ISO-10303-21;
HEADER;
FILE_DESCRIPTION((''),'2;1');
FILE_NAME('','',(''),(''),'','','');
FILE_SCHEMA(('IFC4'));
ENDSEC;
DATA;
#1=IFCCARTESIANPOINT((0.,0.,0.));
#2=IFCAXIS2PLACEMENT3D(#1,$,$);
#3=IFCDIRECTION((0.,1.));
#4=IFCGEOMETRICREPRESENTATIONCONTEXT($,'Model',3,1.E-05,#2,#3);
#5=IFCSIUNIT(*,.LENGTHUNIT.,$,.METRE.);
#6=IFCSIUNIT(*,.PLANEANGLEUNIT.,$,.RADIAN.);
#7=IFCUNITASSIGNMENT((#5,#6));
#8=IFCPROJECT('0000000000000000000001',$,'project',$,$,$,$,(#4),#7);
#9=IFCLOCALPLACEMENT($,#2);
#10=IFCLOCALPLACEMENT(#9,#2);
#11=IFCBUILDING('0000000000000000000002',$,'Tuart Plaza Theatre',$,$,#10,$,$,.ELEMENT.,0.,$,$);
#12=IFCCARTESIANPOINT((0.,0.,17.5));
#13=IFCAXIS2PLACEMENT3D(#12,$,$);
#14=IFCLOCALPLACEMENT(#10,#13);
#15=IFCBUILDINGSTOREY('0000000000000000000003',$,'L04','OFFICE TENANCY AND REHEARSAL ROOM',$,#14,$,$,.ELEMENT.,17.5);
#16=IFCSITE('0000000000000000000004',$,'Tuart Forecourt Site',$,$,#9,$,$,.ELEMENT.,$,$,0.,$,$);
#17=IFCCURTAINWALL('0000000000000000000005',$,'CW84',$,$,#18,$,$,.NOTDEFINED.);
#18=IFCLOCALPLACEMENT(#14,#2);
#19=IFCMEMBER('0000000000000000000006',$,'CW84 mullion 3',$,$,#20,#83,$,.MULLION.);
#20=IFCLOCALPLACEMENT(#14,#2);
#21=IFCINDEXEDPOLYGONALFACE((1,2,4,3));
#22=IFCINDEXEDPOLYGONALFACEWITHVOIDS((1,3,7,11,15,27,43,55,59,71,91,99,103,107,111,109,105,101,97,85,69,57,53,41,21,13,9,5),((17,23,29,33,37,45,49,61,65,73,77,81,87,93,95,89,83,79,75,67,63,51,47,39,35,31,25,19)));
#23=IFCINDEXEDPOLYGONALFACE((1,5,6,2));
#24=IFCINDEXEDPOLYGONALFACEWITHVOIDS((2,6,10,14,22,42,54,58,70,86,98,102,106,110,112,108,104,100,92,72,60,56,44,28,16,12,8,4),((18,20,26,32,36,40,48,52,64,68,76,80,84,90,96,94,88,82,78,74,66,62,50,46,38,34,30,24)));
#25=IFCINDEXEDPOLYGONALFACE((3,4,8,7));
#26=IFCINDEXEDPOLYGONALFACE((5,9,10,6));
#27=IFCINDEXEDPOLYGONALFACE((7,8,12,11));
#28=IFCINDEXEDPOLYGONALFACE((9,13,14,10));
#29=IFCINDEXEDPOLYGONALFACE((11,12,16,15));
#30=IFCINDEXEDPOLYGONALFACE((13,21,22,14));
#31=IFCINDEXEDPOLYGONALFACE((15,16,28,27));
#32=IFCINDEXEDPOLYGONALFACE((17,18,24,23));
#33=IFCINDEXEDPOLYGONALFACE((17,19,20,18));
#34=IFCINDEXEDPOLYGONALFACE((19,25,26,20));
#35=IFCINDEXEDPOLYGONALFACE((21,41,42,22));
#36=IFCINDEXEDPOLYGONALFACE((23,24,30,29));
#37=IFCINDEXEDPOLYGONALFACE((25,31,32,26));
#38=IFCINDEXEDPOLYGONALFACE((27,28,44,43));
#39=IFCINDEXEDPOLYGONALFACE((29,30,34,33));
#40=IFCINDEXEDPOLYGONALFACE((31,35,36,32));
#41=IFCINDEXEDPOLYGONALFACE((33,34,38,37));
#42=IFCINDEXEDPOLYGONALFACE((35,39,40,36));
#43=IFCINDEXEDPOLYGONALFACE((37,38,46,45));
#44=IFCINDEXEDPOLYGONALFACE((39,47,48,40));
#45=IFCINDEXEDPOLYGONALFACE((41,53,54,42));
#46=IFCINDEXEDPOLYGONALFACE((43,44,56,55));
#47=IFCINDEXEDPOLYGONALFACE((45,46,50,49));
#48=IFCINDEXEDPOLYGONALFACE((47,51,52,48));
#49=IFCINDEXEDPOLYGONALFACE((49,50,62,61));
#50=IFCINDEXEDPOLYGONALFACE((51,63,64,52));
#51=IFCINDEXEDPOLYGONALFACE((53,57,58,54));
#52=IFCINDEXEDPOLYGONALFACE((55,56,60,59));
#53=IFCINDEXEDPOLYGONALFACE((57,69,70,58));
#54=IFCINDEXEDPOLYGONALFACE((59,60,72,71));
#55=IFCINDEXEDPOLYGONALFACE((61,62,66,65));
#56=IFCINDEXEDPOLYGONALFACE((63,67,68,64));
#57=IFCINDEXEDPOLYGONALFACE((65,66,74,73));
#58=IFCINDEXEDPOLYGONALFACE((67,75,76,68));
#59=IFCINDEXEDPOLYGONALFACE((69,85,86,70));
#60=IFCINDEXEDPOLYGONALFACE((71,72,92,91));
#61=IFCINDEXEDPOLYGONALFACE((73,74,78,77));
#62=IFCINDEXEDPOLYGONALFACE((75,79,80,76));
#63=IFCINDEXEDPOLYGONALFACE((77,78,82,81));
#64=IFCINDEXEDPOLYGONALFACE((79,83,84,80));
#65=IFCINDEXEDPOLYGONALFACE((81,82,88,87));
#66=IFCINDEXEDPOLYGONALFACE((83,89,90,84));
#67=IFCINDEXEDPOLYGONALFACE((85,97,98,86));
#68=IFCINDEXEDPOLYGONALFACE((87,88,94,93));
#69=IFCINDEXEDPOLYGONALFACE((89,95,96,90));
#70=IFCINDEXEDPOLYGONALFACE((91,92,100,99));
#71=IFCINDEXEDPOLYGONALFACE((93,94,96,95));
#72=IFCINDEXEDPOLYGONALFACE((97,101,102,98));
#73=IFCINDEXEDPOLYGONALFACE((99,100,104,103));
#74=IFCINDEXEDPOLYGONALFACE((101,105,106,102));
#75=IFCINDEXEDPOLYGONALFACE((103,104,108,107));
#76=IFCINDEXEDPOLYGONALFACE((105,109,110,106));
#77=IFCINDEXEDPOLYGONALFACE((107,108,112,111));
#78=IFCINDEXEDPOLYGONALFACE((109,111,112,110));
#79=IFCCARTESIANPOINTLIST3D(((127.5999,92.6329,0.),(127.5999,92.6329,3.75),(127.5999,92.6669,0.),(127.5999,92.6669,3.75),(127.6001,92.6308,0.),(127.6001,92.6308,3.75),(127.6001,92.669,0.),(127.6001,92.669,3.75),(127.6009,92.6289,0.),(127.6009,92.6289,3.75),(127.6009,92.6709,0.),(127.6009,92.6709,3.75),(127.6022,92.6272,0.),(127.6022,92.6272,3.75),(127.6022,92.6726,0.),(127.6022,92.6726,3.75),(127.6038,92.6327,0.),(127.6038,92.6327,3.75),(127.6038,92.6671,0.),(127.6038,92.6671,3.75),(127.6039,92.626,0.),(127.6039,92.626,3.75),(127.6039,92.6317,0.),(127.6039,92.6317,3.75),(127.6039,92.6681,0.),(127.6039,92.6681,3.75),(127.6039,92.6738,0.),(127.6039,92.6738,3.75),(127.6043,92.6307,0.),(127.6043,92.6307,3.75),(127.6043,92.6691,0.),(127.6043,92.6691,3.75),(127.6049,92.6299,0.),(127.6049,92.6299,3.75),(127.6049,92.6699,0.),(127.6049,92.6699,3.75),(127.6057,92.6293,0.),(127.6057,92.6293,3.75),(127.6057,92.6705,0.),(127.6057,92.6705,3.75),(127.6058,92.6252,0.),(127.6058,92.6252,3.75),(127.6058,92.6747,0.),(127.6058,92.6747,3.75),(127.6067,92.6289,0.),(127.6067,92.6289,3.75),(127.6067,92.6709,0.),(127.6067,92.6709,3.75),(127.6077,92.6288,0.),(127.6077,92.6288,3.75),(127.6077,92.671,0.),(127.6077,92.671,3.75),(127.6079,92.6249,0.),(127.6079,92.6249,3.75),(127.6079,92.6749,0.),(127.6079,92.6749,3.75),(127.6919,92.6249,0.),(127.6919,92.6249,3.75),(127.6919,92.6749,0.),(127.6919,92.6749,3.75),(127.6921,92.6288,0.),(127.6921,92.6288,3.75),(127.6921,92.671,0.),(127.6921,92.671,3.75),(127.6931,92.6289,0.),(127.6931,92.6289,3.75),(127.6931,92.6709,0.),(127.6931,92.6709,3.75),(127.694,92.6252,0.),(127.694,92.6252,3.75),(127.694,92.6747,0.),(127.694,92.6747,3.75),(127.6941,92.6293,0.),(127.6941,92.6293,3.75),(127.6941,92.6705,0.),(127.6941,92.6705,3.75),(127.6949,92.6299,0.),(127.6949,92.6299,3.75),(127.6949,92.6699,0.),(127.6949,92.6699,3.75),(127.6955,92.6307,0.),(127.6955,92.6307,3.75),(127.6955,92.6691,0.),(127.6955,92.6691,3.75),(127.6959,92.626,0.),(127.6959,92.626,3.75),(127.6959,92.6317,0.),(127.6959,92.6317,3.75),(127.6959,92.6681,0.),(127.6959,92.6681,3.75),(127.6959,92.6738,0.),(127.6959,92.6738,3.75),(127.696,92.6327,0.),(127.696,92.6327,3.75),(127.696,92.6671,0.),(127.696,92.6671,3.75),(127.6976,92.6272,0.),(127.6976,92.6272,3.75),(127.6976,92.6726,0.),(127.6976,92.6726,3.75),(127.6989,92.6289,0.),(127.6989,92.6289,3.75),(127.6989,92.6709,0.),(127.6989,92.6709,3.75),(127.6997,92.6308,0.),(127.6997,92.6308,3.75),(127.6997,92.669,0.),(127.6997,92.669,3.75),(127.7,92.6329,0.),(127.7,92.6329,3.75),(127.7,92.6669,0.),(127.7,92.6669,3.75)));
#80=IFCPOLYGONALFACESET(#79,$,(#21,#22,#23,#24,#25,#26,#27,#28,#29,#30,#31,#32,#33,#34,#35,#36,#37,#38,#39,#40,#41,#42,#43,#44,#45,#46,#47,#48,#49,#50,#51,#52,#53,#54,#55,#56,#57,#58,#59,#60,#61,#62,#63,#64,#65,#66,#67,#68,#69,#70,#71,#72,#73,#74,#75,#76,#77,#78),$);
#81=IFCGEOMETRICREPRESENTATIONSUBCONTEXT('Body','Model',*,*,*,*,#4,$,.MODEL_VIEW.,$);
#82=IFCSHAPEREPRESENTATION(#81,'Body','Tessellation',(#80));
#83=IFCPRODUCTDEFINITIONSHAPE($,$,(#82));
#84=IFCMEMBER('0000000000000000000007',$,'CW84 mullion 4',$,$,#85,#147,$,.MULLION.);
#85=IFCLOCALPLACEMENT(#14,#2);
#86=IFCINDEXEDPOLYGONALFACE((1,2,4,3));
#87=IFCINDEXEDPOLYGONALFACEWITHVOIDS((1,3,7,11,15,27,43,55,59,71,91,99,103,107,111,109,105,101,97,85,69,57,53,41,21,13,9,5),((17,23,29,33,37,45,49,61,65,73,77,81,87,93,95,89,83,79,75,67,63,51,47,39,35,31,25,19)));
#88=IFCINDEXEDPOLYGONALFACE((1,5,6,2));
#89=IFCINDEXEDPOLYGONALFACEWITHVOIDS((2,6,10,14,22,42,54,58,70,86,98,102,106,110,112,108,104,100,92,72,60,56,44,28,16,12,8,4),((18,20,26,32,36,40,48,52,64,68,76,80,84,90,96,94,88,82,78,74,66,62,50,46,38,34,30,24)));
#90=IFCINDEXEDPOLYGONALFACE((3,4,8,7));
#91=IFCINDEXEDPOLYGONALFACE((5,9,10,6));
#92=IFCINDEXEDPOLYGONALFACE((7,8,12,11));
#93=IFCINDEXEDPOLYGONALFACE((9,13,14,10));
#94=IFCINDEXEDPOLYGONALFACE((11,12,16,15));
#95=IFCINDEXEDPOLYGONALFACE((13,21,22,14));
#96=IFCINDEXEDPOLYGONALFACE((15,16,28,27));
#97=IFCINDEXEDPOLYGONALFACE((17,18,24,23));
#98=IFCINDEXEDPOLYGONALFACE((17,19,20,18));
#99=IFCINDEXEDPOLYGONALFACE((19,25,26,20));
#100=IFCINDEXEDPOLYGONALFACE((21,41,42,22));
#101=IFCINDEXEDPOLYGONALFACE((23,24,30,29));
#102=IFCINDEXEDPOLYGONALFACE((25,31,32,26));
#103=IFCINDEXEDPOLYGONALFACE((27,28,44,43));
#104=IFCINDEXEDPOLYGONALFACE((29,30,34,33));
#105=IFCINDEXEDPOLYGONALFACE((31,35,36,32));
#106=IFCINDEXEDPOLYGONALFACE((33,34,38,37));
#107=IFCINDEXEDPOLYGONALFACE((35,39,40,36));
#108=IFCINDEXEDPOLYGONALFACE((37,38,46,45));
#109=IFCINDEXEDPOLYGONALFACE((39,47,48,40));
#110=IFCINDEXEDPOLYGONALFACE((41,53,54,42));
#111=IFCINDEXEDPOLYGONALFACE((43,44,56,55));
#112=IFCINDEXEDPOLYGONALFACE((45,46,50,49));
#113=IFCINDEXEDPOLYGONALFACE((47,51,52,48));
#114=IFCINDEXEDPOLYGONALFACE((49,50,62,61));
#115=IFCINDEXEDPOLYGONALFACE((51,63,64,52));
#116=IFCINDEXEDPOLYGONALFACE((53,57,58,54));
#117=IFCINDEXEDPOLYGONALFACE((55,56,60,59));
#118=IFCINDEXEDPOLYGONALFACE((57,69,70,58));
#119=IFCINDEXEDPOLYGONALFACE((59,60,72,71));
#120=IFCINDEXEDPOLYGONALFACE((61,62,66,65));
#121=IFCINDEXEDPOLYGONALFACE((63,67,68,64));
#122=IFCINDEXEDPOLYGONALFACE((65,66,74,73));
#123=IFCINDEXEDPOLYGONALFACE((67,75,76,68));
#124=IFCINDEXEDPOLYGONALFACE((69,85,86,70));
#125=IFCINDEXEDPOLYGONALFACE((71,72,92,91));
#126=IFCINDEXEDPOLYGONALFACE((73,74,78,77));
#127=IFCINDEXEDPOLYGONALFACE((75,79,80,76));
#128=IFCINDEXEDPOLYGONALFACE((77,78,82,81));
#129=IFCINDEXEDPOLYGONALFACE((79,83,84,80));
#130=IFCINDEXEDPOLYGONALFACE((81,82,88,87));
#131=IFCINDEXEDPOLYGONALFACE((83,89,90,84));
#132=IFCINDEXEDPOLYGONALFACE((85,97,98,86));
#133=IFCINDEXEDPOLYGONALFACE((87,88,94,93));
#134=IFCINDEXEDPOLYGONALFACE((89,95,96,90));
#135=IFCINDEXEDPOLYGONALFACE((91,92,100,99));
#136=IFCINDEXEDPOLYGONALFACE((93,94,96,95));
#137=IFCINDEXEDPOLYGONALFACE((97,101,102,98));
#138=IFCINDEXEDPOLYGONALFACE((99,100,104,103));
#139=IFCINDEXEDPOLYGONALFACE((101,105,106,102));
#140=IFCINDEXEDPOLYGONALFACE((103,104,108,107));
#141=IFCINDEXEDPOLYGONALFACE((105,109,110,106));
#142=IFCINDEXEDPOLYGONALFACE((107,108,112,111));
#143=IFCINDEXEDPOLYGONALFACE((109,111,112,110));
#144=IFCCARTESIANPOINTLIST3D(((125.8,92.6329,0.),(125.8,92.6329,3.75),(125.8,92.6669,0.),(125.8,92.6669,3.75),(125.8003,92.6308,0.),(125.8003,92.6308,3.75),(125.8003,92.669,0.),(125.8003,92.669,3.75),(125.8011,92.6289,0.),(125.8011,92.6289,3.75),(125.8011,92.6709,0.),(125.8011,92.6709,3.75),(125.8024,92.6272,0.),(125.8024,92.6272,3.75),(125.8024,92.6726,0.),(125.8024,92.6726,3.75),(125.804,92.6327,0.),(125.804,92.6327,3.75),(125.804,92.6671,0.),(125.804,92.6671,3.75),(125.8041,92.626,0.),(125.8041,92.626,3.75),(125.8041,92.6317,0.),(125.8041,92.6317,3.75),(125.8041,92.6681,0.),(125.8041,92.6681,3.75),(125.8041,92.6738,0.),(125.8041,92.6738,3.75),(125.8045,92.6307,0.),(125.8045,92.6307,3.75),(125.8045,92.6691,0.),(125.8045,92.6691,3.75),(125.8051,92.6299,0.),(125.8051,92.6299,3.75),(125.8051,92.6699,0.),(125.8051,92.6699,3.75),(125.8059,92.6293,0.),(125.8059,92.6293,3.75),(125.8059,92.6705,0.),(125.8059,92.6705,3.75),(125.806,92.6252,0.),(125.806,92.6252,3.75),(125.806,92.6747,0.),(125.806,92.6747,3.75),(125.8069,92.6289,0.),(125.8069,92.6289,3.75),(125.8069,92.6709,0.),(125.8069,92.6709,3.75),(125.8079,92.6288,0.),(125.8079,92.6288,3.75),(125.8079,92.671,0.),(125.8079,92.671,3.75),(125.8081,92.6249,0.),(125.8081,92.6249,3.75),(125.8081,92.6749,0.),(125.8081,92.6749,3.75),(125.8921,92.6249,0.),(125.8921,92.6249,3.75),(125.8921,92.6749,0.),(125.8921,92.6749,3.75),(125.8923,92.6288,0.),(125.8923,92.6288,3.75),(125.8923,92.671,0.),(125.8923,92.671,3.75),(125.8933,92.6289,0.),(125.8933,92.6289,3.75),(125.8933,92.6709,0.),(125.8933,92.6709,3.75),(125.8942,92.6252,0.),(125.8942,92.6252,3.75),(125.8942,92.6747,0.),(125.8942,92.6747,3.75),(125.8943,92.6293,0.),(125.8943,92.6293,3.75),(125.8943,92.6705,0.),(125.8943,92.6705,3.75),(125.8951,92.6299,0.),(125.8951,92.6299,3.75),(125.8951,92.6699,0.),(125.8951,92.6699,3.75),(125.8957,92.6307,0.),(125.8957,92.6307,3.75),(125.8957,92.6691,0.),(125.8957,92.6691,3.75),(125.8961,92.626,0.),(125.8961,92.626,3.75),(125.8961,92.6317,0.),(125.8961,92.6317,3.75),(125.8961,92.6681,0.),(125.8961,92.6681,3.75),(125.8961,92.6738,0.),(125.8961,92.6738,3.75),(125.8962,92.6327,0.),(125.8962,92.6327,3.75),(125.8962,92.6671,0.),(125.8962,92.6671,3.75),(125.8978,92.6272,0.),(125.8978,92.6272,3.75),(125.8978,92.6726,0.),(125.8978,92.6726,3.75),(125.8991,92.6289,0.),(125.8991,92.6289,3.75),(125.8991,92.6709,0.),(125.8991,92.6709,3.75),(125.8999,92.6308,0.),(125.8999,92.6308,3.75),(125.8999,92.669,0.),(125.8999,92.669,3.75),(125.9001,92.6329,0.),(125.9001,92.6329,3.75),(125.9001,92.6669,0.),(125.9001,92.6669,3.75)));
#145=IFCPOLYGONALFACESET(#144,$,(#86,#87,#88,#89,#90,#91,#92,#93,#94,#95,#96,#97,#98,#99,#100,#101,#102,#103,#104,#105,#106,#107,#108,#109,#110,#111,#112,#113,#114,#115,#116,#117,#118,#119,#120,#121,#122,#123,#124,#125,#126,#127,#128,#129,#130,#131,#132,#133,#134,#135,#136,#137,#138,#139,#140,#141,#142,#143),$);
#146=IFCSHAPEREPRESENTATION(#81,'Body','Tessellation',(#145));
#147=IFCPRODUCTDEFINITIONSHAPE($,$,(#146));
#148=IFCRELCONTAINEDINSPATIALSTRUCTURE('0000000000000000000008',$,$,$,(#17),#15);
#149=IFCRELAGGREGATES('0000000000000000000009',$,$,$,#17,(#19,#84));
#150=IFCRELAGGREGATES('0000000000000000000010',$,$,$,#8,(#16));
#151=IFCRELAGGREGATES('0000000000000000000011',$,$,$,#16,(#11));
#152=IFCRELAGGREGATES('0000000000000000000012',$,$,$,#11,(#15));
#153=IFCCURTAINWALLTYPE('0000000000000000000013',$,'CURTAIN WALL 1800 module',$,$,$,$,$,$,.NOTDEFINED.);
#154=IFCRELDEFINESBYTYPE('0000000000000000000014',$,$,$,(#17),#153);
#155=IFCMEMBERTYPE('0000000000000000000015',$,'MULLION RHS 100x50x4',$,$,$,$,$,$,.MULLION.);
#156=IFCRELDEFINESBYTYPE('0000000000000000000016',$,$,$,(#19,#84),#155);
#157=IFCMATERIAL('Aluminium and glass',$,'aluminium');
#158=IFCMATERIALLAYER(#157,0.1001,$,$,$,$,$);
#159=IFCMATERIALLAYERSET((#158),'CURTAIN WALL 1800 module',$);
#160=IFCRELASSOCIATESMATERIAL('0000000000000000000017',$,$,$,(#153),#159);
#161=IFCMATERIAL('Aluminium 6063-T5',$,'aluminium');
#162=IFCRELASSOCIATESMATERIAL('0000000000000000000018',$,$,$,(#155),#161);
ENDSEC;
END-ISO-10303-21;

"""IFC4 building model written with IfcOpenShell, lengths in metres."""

from ifc_helpers import new_model, si_unit, direction, frame, origin, origin_2d, place, context, subcontext, project, spatial, hollow_rectangle, extrude, material, layer, layer_set, material_profile, profile_set, type_object, element, aggregate, save


model = new_model("IFC4")

# Units and contexts
model_context = context("Model", 3, precision=1e-05, world=origin(), true_north=direction((0.0, 1.0)))
body_context = subcontext(model_context, "Body", "Model", "MODEL_VIEW")
ifc_project = project(units=[si_unit("LENGTHUNIT", "METRE"), si_unit("PLANEANGLEUNIT", "RADIAN")], contexts=[model_context])

# Site, building, storey
site_placement = place(None, origin())
site = spatial("IfcSite", under=ifc_project, at=site_placement, Name="Tuart Forecourt Site", CompositionType="ELEMENT", RefElevation=0.0)
building_placement = place(site_placement, origin())
building = spatial("IfcBuilding", under=site, at=building_placement, Name="Tuart Plaza Theatre", CompositionType="ELEMENT", ElevationOfRefHeight=0.0)
storey_placement = place(building_placement, frame((0.0, 0.0, 17.5)))
storey = spatial("IfcBuildingStorey", under=building, at=storey_placement, Name="L04", Description="OFFICE TENANCY AND REHEARSAL ROOM", CompositionType="ELEMENT", Elevation=17.5)

# Curtain wall, members
ifc_material_1 = material(Name="Aluminium and glass", Category="aluminium")
ifc_layer_1 = layer(ifc_material_1, 0.1001)
ifc_layer_set_1 = layer_set([ifc_layer_1], Name="CURTAIN WALL 1800 module")
curtain_wall_type_1 = type_object("IfcCurtainWallType", Name="CURTAIN WALL 1800 module", PredefinedType="NOTDEFINED", material=ifc_layer_set_1)
curtain_wall_1_placement = place(storey_placement, origin())
curtain_wall_1 = element("IfcCurtainWall", 1, at=curtain_wall_1_placement, inside=storey, type_object=curtain_wall_type_1, Name="CW84", PredefinedType="NOTDEFINED")
ifc_material_2 = material(Name="Aluminium 6063-T5", Category="aluminium")
ifc_material_profile_1 = material_profile(ifc_material_2, hollow_rectangle(XDim=0.05, YDim=0.1001, WallThickness=0.0039, InnerFilletRadius=0.0039, OuterFilletRadius=0.0081, at=origin_2d()), Name="RHS 100x50x4")
ifc_profile_set_1 = profile_set([ifc_material_profile_1], Name="Aluminium 6063-T5")
member_type_1 = type_object("IfcMemberType", Name="MULLION RHS 100x50x4", PredefinedType="MULLION", material=ifc_profile_set_1)
member_1_placement = place(storey_placement, frame((127.6499, 92.6499, 0.0), z_axis=(0.0, 0.0, 1.0), x_axis=(0.0, -1.0, 0.0)))
member_1 = element("IfcMember", 2, at=member_1_placement, type_object=member_type_1, Name="CW84 mullion 3", PredefinedType="MULLION", context=body_context, shape_type="SweptSolid", body=[
    extrude(hollow_rectangle(XDim=0.05, YDim=0.1001, WallThickness=0.0039, InnerFilletRadius=0.0039, OuterFilletRadius=0.0081, at=origin_2d()), origin(), (0.0, 0.0, 1.0), 3.75),
])
member_2_placement = place(storey_placement, frame((125.8501, 92.6499, 0.0), z_axis=(0.0, 0.0, 1.0), x_axis=(0.0, -1.0, 0.0)))
member_2 = element("IfcMember", 3, at=member_2_placement, type_object=member_type_1, Name="CW84 mullion 4", PredefinedType="MULLION", context=body_context, shape_type="SweptSolid", body=[
    extrude(hollow_rectangle(XDim=0.05, YDim=0.1001, WallThickness=0.0039, InnerFilletRadius=0.0039, OuterFilletRadius=0.0081, at=origin_2d()), origin(), (0.0, 0.0, 1.0), 3.75),
])

aggregate(curtain_wall_1, [member_1, member_2])

save(model, "model.ifc")
